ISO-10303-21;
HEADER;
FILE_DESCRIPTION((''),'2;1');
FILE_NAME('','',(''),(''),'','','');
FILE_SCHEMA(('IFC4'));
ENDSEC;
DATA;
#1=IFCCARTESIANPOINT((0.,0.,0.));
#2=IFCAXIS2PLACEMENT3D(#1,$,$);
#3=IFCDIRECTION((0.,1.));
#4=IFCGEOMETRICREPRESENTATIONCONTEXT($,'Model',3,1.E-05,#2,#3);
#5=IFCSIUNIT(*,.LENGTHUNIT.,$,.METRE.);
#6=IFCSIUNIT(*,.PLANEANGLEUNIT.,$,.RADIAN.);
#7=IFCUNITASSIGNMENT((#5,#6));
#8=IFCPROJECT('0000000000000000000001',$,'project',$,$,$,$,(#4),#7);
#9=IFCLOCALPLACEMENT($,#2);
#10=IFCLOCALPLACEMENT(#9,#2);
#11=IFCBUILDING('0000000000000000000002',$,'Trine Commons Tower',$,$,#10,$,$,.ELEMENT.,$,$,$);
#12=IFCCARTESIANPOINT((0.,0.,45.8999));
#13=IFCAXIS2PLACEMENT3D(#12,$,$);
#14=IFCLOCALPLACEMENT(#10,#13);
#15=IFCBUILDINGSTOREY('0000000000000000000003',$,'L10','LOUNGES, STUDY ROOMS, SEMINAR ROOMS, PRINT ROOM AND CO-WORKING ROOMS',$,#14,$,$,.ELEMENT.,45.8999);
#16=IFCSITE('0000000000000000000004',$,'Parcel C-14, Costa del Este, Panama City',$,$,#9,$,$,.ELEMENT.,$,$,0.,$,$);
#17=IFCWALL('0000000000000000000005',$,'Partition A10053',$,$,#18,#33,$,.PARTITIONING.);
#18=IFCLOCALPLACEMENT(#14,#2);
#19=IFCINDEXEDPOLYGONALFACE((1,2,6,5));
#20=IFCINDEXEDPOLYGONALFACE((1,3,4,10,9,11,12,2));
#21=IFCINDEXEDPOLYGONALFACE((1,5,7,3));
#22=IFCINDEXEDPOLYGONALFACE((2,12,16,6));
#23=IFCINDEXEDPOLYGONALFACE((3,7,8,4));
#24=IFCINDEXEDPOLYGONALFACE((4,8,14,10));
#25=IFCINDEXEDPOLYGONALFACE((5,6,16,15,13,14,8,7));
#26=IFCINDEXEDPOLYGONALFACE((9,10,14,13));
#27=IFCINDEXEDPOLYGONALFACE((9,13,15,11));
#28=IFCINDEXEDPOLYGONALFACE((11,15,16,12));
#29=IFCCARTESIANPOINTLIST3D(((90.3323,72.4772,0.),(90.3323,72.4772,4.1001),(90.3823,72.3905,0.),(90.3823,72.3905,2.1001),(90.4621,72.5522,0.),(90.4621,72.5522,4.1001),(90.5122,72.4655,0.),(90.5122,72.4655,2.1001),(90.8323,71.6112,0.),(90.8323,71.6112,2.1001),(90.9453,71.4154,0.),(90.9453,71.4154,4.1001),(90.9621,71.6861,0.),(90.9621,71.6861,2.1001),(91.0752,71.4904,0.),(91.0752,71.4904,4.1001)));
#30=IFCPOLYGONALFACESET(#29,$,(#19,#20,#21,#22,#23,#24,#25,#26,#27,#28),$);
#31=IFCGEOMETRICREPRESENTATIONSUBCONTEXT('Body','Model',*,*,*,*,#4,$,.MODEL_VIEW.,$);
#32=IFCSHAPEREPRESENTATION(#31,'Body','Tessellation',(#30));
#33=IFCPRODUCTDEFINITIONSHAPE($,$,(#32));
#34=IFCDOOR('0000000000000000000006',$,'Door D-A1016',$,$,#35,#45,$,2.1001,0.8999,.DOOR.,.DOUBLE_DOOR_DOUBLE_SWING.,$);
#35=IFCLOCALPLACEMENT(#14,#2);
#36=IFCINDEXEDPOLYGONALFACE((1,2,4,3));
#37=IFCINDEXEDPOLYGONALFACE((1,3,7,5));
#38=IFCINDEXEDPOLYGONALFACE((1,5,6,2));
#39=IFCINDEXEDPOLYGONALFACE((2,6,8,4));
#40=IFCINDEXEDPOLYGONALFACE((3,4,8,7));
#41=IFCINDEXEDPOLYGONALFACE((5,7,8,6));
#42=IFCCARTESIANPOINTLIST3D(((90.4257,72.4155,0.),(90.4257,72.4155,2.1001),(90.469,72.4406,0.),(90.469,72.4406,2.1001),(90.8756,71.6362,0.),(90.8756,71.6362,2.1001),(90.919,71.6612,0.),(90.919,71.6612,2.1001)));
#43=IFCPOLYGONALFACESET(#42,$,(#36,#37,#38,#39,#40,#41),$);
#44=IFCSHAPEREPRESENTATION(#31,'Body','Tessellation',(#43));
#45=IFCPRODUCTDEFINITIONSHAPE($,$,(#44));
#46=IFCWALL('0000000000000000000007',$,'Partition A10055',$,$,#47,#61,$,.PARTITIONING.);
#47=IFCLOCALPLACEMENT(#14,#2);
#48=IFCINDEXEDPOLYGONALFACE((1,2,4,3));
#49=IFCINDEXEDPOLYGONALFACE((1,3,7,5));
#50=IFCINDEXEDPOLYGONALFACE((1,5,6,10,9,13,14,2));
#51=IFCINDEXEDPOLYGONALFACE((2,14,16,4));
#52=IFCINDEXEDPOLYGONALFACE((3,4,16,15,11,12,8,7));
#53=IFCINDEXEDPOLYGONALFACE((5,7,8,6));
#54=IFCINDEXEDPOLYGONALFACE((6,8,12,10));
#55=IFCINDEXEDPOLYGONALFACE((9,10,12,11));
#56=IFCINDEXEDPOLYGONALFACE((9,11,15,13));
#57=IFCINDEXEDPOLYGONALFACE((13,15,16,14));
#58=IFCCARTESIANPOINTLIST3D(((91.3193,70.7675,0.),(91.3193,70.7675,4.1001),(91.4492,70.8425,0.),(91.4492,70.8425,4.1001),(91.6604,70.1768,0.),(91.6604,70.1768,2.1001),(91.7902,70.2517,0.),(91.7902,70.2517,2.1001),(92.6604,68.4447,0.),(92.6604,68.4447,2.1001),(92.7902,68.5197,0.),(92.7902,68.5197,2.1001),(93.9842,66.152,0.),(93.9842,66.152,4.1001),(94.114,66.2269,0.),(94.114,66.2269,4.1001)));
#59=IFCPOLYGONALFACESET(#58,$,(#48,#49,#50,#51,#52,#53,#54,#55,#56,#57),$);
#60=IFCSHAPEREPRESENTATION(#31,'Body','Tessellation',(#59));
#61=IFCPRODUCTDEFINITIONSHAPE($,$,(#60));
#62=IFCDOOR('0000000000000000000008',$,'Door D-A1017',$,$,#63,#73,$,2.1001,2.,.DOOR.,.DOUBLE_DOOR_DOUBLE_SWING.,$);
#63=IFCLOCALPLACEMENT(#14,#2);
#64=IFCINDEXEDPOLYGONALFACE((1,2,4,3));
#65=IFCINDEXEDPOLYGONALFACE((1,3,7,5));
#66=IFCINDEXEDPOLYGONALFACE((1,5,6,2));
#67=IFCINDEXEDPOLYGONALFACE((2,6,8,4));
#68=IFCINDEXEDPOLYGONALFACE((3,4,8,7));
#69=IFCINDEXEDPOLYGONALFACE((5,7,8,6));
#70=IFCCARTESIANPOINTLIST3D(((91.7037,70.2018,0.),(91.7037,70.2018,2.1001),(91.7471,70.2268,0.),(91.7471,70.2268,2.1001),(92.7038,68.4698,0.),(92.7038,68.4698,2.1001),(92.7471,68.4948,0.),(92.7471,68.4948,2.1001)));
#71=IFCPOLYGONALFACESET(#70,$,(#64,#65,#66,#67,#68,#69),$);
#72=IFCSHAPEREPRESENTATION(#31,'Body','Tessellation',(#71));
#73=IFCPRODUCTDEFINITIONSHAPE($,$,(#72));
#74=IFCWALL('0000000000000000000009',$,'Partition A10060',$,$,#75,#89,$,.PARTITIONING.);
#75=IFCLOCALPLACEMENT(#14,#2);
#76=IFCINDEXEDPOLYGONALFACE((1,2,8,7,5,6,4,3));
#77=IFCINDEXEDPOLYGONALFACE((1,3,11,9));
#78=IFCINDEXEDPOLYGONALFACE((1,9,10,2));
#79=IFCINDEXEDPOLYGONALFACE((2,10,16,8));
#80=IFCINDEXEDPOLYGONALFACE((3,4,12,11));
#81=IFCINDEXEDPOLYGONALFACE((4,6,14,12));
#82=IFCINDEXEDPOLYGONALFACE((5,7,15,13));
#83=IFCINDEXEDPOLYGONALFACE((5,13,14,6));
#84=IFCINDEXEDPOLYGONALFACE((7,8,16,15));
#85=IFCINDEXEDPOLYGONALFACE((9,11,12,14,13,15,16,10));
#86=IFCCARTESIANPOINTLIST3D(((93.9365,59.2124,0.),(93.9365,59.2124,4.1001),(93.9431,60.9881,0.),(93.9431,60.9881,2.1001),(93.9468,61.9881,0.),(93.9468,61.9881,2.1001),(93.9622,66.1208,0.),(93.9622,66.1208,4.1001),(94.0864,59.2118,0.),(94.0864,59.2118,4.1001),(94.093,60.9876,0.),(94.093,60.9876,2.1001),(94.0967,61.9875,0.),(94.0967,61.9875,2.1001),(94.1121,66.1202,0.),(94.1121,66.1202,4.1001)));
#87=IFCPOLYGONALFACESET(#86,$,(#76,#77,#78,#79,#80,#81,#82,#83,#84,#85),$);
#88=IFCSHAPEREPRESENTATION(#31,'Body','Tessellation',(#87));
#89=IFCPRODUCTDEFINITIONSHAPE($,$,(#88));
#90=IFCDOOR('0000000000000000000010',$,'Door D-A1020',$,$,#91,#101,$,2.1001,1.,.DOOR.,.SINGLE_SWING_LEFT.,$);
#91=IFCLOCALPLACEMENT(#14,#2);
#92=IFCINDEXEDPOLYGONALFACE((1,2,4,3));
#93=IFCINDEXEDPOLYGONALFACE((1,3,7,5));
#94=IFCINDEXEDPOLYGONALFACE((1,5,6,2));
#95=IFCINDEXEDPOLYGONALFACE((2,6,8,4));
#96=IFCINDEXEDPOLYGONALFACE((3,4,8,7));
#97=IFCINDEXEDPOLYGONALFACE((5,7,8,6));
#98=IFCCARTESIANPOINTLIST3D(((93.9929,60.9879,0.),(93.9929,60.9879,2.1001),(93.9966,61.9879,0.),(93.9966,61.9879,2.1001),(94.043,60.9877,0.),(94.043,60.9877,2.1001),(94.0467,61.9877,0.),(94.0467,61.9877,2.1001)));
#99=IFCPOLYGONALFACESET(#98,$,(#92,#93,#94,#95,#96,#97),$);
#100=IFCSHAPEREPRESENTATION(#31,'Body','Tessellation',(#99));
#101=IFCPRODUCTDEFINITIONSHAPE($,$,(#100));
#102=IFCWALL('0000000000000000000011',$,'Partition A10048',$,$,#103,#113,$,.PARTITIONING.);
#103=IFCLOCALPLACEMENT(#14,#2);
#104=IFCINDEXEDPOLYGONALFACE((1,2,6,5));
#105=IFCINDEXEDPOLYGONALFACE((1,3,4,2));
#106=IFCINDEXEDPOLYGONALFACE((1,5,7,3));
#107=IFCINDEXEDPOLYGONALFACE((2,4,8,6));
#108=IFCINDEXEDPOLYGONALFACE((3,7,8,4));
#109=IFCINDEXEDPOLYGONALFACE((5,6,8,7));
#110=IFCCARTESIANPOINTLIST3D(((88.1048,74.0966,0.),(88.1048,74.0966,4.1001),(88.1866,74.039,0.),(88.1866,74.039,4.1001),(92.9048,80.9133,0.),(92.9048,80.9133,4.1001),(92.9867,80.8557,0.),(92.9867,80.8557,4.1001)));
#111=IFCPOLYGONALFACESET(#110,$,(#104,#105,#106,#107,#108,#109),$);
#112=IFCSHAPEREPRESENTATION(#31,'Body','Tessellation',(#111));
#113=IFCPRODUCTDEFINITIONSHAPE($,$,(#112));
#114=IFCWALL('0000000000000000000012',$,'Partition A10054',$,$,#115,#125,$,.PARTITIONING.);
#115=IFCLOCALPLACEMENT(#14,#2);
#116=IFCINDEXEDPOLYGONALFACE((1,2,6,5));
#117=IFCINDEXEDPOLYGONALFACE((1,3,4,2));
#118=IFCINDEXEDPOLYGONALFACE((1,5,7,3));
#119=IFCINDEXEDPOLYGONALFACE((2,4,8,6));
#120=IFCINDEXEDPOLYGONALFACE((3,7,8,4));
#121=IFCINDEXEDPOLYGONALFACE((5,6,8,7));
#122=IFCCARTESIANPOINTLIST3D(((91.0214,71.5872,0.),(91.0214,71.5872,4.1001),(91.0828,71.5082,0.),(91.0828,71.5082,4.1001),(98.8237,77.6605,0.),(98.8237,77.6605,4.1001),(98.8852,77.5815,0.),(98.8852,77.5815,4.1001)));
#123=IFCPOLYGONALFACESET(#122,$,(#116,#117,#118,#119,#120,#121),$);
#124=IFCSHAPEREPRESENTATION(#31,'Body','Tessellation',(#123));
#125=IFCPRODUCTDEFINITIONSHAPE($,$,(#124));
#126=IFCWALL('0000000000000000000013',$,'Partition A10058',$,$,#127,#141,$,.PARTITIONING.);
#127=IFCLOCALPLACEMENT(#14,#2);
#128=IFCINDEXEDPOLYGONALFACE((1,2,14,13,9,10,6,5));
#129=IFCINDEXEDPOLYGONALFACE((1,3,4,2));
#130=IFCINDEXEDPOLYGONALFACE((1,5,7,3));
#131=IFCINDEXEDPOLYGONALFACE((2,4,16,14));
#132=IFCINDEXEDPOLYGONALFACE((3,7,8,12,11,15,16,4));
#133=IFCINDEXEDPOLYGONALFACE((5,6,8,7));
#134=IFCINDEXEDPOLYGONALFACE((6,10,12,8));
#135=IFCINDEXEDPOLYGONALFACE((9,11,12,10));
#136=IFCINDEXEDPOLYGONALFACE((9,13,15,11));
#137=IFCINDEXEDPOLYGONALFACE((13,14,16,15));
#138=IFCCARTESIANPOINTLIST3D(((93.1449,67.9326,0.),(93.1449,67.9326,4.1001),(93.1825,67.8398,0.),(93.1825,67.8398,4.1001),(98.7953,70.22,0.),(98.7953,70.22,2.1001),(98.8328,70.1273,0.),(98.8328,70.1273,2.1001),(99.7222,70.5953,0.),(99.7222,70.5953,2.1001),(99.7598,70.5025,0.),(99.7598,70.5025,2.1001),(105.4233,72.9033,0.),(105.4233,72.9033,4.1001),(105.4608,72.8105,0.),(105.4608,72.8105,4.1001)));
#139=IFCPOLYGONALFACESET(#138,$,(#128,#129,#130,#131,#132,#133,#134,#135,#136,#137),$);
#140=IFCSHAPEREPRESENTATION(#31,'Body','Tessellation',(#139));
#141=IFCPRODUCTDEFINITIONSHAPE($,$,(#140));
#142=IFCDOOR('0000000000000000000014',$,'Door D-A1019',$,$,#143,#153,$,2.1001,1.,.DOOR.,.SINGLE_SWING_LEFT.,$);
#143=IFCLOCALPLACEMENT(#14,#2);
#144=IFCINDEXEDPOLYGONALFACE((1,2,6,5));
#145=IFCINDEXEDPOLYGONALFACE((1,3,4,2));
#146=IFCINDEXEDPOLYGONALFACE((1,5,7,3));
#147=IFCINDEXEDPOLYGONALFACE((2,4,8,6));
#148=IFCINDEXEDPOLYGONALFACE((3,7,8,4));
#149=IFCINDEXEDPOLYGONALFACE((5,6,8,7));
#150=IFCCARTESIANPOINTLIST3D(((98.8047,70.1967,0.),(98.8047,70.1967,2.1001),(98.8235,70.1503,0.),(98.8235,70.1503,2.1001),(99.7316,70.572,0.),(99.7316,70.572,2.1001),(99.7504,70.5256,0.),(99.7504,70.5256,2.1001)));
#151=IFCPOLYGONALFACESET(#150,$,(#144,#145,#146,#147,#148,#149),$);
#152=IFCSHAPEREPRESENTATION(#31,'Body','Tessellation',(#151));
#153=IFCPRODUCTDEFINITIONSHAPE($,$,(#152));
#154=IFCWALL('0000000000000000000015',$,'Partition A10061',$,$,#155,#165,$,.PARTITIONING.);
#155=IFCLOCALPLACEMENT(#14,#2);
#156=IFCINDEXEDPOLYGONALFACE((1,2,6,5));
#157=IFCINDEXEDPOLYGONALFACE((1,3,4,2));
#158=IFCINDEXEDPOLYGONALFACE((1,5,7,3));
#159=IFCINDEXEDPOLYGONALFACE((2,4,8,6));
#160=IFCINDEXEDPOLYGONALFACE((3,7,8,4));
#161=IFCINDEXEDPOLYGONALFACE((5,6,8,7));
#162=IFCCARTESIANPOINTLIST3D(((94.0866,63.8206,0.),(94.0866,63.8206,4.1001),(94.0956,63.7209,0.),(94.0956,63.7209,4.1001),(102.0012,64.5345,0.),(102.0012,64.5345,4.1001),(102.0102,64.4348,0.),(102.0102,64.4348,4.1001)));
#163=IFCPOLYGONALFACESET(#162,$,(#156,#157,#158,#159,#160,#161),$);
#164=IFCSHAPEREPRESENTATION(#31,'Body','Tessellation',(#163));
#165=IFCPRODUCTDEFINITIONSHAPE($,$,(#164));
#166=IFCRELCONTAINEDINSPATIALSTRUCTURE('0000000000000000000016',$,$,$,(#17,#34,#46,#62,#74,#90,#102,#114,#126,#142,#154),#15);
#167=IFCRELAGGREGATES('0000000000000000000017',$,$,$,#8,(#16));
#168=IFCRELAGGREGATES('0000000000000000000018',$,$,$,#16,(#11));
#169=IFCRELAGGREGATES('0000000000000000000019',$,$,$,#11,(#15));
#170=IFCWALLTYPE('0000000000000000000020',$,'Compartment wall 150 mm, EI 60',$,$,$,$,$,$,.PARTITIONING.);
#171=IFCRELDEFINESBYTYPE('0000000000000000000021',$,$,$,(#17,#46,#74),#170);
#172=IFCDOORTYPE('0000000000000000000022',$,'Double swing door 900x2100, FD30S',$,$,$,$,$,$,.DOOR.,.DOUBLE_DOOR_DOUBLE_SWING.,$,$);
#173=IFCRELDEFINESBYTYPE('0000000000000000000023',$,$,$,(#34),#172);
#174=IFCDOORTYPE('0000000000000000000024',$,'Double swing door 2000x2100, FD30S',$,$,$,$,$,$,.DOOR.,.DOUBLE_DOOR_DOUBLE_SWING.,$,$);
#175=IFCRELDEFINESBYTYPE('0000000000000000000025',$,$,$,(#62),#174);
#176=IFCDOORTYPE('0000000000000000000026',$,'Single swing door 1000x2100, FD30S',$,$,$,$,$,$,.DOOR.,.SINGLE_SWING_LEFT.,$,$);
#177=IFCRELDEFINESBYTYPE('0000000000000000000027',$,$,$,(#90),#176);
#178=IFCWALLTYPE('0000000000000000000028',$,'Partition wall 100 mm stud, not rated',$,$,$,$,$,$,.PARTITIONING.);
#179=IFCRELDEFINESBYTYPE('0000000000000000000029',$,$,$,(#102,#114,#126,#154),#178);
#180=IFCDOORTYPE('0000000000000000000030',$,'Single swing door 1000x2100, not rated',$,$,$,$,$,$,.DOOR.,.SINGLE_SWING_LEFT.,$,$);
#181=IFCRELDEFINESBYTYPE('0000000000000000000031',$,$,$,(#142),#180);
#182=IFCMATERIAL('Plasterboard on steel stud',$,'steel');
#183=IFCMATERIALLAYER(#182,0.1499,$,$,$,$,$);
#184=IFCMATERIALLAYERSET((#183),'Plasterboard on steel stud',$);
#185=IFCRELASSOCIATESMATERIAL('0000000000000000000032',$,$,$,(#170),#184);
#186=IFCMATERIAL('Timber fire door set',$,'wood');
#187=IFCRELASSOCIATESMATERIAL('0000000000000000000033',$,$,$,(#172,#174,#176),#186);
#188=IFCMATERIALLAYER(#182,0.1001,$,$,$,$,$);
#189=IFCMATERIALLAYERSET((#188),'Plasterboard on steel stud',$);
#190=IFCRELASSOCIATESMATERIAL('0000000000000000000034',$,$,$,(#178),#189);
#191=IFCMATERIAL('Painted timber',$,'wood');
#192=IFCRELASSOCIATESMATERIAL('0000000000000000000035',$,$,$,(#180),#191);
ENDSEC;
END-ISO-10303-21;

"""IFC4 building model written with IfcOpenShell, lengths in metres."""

from ifc_helpers import new_model, si_unit, direction, frame, frame_2d, origin, place, context, subcontext, project, spatial, rectangle, extrude, material, layer, layer_set, type_object, element, fill, save


model = new_model("IFC4")

# Units and contexts
model_context = context("Model", 3, precision=1e-05, world=origin(), true_north=direction((0.0, 1.0)))
body_context = subcontext(model_context, "Body", "Model", "MODEL_VIEW")
ifc_project = project(units=[si_unit("LENGTHUNIT", "METRE"), si_unit("PLANEANGLEUNIT", "RADIAN")], contexts=[model_context])

# Site, building, storey
site_placement = place(None, origin())
site = spatial("IfcSite", under=ifc_project, at=site_placement, Name="Parcel C-14, Costa del Este, Panama City", CompositionType="ELEMENT", RefElevation=0.0)
building_placement = place(site_placement, origin())
building = spatial("IfcBuilding", under=site, at=building_placement, Name="Trine Commons Tower", CompositionType="ELEMENT")
storey_placement = place(building_placement, frame((0.0, 0.0, 45.8999)))
storey = spatial("IfcBuildingStorey", under=building, at=storey_placement, Name="L10", Description="LOUNGES, STUDY ROOMS, SEMINAR ROOMS, PRINT ROOM AND CO-WORKING ROOMS", CompositionType="ELEMENT", Elevation=45.8999)

# Walls, openings, doors
ifc_material_1 = material(Name="Plasterboard on steel stud", Category="steel")
ifc_layer_1 = layer(ifc_material_1, 0.1499)
ifc_layer_set_1 = layer_set([ifc_layer_1], Name="Plasterboard on steel stud")
wall_type_1 = type_object("IfcWallType", Name="Compartment wall 150 mm, EI 60", PredefinedType="PARTITIONING", material=ifc_layer_set_1)
wall_1_placement = place(storey_placement, frame((91.0103, 71.4529, 0.0), z_axis=(0.0, 0.0, 1.0), x_axis=(-0.500015, 0.866016, 0.0)))
wall_1 = element("IfcWall", 1, at=wall_1_placement, inside=storey, type_object=wall_type_1, Name="Partition A10053", PredefinedType="PARTITIONING", context=body_context, shape_type="SweptSolid", body=[
    extrude(rectangle(XDim=1.2261, YDim=0.1499, at=frame_2d((0.613, 0.0))), origin(), (0.0, 0.0, 1.0), 4.1001),
])
opening_1_placement = place(wall_1_placement, frame((0.2261, 0.0, 0.0)))
opening_1 = element("IfcOpeningElement", 2, at=opening_1_placement, cuts=wall_1, PredefinedType="OPENING", context=body_context, shape_type="SweptSolid", body=[
    extrude(rectangle(XDim=0.8999, YDim=2.1001, at=frame_2d((0.45, 1.05))), frame((0.0, 0.085, 0.0), z_axis=(0.0, -1.0, 0.0), x_axis=(1.0, 0.0, 0.0)), (0.0, 0.0, 1.0), 0.1699),
])
ifc_material_2 = material(Name="Timber fire door set", Category="wood")
door_type_1 = type_object("IfcDoorType", Name="Double swing door 900x2100, FD30S", OperationType="DOUBLE_DOOR_DOUBLE_SWING", PredefinedType="DOOR", material=ifc_material_2)
door_1_placement = place(opening_1_placement, origin())
door_1 = element("IfcDoor", 3, at=door_1_placement, inside=storey, type_object=door_type_1, Name="Door D-A1016", OperationType="DOUBLE_DOOR_DOUBLE_SWING", OverallHeight=2.1001, OverallWidth=0.8999, PredefinedType="DOOR", context=body_context, shape_type="SweptSolid", body=[
    extrude(rectangle(XDim=0.8999, YDim=2.1001, at=frame_2d((0.45, 1.05))), frame((0.0, 0.0249, 0.0), z_axis=(0.0, -1.0, 0.0), x_axis=(1.0, 0.0, 0.0)), (0.0, 0.0, 1.0), 0.05),
])
fill(opening_1, door_1)
wall_2_placement = place(storey_placement, frame((94.0491, 66.1895, 0.0), z_axis=(0.0, 0.0, 1.0), x_axis=(-0.500007, 0.866022, 0.0)))
wall_2 = element("IfcWall", 4, at=wall_2_placement, inside=storey, type_object=wall_type_1, Name="Partition A10055", PredefinedType="PARTITIONING", context=body_context, shape_type="SweptSolid", body=[
    extrude(rectangle(XDim=5.3296, YDim=0.1499, at=frame_2d((2.6648, 0.0))), origin(), (0.0, 0.0, 1.0), 4.1001),
])
opening_2_placement = place(wall_2_placement, frame((2.6475, 0.0, 0.0)))
opening_2 = element("IfcOpeningElement", 5, at=opening_2_placement, cuts=wall_2, PredefinedType="OPENING", context=body_context, shape_type="SweptSolid", body=[
    extrude(rectangle(XDim=2.0, YDim=2.1001, at=frame_2d((1.0, 1.05))), frame((0.0, 0.085, 0.0), z_axis=(0.0, -1.0, 0.0), x_axis=(1.0, 0.0, 0.0)), (0.0, 0.0, 1.0), 0.1699),
])
door_type_2 = type_object("IfcDoorType", Name="Double swing door 2000x2100, FD30S", OperationType="DOUBLE_DOOR_DOUBLE_SWING", PredefinedType="DOOR", material=ifc_material_2)
door_2_placement = place(opening_2_placement, origin())
door_2 = element("IfcDoor", 6, at=door_2_placement, inside=storey, type_object=door_type_2, Name="Door D-A1017", OperationType="DOUBLE_DOOR_DOUBLE_SWING", OverallHeight=2.1001, OverallWidth=2.0, PredefinedType="DOOR", context=body_context, shape_type="SweptSolid", body=[
    extrude(rectangle(XDim=2.0, YDim=2.1001, at=frame_2d((1.0, 1.05))), frame((0.0, 0.0249, 0.0), z_axis=(0.0, -1.0, 0.0), x_axis=(1.0, 0.0, 0.0)), (0.0, 0.0, 1.0), 0.05),
])
fill(opening_2, door_2)
wall_3_placement = place(storey_placement, frame((94.0371, 66.1204, 0.0), z_axis=(0.0, 0.0, 1.0), x_axis=(-0.003711, -0.999993, 0.0)))
wall_3 = element("IfcWall", 7, at=wall_3_placement, inside=storey, type_object=wall_type_1, Name="Partition A10060", PredefinedType="PARTITIONING", context=body_context, shape_type="SweptSolid", body=[
    extrude(rectangle(XDim=6.9084, YDim=0.1499, at=frame_2d((3.4541, 0.0))), origin(), (0.0, 0.0, 1.0), 4.1001),
])
opening_3_placement = place(wall_3_placement, frame((4.1326, 0.0, 0.0)))
opening_3 = element("IfcOpeningElement", 8, at=opening_3_placement, cuts=wall_3, PredefinedType="OPENING", context=body_context, shape_type="SweptSolid", body=[
    extrude(rectangle(XDim=1.0, YDim=2.1001, at=frame_2d((0.5, 1.05))), frame((0.0, 0.085, 0.0), z_axis=(0.0, -1.0, 0.0), x_axis=(1.0, 0.0, 0.0)), (0.0, 0.0, 1.0), 0.1699),
])
door_type_3 = type_object("IfcDoorType", Name="Single swing door 1000x2100, FD30S", OperationType="SINGLE_SWING_LEFT", PredefinedType="DOOR", material=ifc_material_2)
door_3_placement = place(opening_3_placement, origin())
door_3 = element("IfcDoor", 9, at=door_3_placement, inside=storey, type_object=door_type_3, Name="Door D-A1020", OperationType="SINGLE_SWING_LEFT", OverallHeight=2.1001, OverallWidth=1.0, PredefinedType="DOOR", context=body_context, shape_type="SweptSolid", body=[
    extrude(rectangle(XDim=1.0, YDim=2.1001, at=frame_2d((0.5, 1.05))), frame((0.0, 0.0249, 0.0), z_axis=(0.0, -1.0, 0.0), x_axis=(1.0, 0.0, 0.0)), (0.0, 0.0, 1.0), 0.05),
])
fill(opening_3, door_3)

# Walls
ifc_layer_2 = layer(ifc_material_1, 0.1001)
ifc_layer_set_2 = layer_set([ifc_layer_2], Name="Plasterboard on steel stud")
wall_type_2 = type_object("IfcWallType", Name="Partition wall 100 mm stud, not rated", PredefinedType="PARTITIONING", material=ifc_layer_set_2)
wall_4_placement = place(storey_placement, frame((88.1458, 74.0679, 0.0), z_axis=(0.0, 0.0, 1.0), x_axis=(0.575746, 0.817629, 0.0)))
element("IfcWall", 10, at=wall_4_placement, inside=storey, type_object=wall_type_2, Name="Partition A10048", PredefinedType="PARTITIONING", context=body_context, shape_type="SweptSolid", body=[
    extrude(rectangle(XDim=8.3372, YDim=0.1001, at=frame_2d((4.1685, 0.0))), origin(), (0.0, 0.0, 1.0), 4.1001),
])
wall_5_placement = place(storey_placement, frame((91.052, 71.5476, 0.0), z_axis=(0.0, 0.0, 1.0), x_axis=(0.789115, 0.614245, 0.0)))
element("IfcWall", 11, at=wall_5_placement, inside=storey, type_object=wall_type_2, Name="Partition A10054", PredefinedType="PARTITIONING", context=body_context, shape_type="SweptSolid", body=[
    extrude(rectangle(XDim=9.8875, YDim=0.1001, at=frame_2d((4.9438, 0.0))), origin(), (0.0, 0.0, 1.0), 4.1001),
])

# Wall, opening, door
wall_6_placement = place(storey_placement, frame((93.1638, 67.8862, 0.0), z_axis=(0.0, 0.0, 1.0), x_axis=(0.926923, 0.375252, 0.0)))
wall_6 = element("IfcWall", 12, at=wall_6_placement, inside=storey, type_object=wall_type_2, Name="Partition A10058", PredefinedType="PARTITIONING", context=body_context, shape_type="SweptSolid", body=[
    extrude(rectangle(XDim=13.2463, YDim=0.1001, at=frame_2d((6.623, 0.0))), origin(), (0.0, 0.0, 1.0), 4.1001),
])
opening_4_placement = place(wall_6_placement, frame((6.0957, 0.0, 0.0)))
opening_4 = element("IfcOpeningElement", 13, at=opening_4_placement, cuts=wall_6, PredefinedType="OPENING", context=body_context, shape_type="SweptSolid", body=[
    extrude(rectangle(XDim=1.0, YDim=2.1001, at=frame_2d((0.5, 1.05))), frame((0.0, 0.0601, 0.0), z_axis=(0.0, -1.0, 0.0), x_axis=(1.0, 0.0, 0.0)), (0.0, 0.0, 1.0), 0.1201),
])
ifc_material_3 = material(Name="Painted timber", Category="wood")
door_type_4 = type_object("IfcDoorType", Name="Single swing door 1000x2100, not rated", OperationType="SINGLE_SWING_LEFT", PredefinedType="DOOR", material=ifc_material_3)
door_4_placement = place(opening_4_placement, origin())
door_4 = element("IfcDoor", 14, at=door_4_placement, inside=storey, type_object=door_type_4, Name="Door D-A1019", OperationType="SINGLE_SWING_LEFT", OverallHeight=2.1001, OverallWidth=1.0, PredefinedType="DOOR", context=body_context, shape_type="SweptSolid", body=[
    extrude(rectangle(XDim=1.0, YDim=2.1001, at=frame_2d((0.5, 1.05))), frame((0.0, 0.0249, 0.0), z_axis=(0.0, -1.0, 0.0), x_axis=(1.0, 0.0, 0.0)), (0.0, 0.0, 1.0), 0.05),
])
fill(opening_4, door_4)

# Wall
wall_7_placement = place(storey_placement, frame((94.0911, 63.7708, 0.0), z_axis=(0.0, 0.0, 1.0), x_axis=(0.995957, 0.089832, 0.0)))
element("IfcWall", 15, at=wall_7_placement, inside=storey, type_object=wall_type_2, Name="Partition A10061", PredefinedType="PARTITIONING", context=body_context, shape_type="SweptSolid", body=[
    extrude(rectangle(XDim=7.9468, YDim=0.1001, at=frame_2d((3.9734, 0.0))), origin(), (0.0, 0.0, 1.0), 4.1001),
])

save(model, "model.ifc")
